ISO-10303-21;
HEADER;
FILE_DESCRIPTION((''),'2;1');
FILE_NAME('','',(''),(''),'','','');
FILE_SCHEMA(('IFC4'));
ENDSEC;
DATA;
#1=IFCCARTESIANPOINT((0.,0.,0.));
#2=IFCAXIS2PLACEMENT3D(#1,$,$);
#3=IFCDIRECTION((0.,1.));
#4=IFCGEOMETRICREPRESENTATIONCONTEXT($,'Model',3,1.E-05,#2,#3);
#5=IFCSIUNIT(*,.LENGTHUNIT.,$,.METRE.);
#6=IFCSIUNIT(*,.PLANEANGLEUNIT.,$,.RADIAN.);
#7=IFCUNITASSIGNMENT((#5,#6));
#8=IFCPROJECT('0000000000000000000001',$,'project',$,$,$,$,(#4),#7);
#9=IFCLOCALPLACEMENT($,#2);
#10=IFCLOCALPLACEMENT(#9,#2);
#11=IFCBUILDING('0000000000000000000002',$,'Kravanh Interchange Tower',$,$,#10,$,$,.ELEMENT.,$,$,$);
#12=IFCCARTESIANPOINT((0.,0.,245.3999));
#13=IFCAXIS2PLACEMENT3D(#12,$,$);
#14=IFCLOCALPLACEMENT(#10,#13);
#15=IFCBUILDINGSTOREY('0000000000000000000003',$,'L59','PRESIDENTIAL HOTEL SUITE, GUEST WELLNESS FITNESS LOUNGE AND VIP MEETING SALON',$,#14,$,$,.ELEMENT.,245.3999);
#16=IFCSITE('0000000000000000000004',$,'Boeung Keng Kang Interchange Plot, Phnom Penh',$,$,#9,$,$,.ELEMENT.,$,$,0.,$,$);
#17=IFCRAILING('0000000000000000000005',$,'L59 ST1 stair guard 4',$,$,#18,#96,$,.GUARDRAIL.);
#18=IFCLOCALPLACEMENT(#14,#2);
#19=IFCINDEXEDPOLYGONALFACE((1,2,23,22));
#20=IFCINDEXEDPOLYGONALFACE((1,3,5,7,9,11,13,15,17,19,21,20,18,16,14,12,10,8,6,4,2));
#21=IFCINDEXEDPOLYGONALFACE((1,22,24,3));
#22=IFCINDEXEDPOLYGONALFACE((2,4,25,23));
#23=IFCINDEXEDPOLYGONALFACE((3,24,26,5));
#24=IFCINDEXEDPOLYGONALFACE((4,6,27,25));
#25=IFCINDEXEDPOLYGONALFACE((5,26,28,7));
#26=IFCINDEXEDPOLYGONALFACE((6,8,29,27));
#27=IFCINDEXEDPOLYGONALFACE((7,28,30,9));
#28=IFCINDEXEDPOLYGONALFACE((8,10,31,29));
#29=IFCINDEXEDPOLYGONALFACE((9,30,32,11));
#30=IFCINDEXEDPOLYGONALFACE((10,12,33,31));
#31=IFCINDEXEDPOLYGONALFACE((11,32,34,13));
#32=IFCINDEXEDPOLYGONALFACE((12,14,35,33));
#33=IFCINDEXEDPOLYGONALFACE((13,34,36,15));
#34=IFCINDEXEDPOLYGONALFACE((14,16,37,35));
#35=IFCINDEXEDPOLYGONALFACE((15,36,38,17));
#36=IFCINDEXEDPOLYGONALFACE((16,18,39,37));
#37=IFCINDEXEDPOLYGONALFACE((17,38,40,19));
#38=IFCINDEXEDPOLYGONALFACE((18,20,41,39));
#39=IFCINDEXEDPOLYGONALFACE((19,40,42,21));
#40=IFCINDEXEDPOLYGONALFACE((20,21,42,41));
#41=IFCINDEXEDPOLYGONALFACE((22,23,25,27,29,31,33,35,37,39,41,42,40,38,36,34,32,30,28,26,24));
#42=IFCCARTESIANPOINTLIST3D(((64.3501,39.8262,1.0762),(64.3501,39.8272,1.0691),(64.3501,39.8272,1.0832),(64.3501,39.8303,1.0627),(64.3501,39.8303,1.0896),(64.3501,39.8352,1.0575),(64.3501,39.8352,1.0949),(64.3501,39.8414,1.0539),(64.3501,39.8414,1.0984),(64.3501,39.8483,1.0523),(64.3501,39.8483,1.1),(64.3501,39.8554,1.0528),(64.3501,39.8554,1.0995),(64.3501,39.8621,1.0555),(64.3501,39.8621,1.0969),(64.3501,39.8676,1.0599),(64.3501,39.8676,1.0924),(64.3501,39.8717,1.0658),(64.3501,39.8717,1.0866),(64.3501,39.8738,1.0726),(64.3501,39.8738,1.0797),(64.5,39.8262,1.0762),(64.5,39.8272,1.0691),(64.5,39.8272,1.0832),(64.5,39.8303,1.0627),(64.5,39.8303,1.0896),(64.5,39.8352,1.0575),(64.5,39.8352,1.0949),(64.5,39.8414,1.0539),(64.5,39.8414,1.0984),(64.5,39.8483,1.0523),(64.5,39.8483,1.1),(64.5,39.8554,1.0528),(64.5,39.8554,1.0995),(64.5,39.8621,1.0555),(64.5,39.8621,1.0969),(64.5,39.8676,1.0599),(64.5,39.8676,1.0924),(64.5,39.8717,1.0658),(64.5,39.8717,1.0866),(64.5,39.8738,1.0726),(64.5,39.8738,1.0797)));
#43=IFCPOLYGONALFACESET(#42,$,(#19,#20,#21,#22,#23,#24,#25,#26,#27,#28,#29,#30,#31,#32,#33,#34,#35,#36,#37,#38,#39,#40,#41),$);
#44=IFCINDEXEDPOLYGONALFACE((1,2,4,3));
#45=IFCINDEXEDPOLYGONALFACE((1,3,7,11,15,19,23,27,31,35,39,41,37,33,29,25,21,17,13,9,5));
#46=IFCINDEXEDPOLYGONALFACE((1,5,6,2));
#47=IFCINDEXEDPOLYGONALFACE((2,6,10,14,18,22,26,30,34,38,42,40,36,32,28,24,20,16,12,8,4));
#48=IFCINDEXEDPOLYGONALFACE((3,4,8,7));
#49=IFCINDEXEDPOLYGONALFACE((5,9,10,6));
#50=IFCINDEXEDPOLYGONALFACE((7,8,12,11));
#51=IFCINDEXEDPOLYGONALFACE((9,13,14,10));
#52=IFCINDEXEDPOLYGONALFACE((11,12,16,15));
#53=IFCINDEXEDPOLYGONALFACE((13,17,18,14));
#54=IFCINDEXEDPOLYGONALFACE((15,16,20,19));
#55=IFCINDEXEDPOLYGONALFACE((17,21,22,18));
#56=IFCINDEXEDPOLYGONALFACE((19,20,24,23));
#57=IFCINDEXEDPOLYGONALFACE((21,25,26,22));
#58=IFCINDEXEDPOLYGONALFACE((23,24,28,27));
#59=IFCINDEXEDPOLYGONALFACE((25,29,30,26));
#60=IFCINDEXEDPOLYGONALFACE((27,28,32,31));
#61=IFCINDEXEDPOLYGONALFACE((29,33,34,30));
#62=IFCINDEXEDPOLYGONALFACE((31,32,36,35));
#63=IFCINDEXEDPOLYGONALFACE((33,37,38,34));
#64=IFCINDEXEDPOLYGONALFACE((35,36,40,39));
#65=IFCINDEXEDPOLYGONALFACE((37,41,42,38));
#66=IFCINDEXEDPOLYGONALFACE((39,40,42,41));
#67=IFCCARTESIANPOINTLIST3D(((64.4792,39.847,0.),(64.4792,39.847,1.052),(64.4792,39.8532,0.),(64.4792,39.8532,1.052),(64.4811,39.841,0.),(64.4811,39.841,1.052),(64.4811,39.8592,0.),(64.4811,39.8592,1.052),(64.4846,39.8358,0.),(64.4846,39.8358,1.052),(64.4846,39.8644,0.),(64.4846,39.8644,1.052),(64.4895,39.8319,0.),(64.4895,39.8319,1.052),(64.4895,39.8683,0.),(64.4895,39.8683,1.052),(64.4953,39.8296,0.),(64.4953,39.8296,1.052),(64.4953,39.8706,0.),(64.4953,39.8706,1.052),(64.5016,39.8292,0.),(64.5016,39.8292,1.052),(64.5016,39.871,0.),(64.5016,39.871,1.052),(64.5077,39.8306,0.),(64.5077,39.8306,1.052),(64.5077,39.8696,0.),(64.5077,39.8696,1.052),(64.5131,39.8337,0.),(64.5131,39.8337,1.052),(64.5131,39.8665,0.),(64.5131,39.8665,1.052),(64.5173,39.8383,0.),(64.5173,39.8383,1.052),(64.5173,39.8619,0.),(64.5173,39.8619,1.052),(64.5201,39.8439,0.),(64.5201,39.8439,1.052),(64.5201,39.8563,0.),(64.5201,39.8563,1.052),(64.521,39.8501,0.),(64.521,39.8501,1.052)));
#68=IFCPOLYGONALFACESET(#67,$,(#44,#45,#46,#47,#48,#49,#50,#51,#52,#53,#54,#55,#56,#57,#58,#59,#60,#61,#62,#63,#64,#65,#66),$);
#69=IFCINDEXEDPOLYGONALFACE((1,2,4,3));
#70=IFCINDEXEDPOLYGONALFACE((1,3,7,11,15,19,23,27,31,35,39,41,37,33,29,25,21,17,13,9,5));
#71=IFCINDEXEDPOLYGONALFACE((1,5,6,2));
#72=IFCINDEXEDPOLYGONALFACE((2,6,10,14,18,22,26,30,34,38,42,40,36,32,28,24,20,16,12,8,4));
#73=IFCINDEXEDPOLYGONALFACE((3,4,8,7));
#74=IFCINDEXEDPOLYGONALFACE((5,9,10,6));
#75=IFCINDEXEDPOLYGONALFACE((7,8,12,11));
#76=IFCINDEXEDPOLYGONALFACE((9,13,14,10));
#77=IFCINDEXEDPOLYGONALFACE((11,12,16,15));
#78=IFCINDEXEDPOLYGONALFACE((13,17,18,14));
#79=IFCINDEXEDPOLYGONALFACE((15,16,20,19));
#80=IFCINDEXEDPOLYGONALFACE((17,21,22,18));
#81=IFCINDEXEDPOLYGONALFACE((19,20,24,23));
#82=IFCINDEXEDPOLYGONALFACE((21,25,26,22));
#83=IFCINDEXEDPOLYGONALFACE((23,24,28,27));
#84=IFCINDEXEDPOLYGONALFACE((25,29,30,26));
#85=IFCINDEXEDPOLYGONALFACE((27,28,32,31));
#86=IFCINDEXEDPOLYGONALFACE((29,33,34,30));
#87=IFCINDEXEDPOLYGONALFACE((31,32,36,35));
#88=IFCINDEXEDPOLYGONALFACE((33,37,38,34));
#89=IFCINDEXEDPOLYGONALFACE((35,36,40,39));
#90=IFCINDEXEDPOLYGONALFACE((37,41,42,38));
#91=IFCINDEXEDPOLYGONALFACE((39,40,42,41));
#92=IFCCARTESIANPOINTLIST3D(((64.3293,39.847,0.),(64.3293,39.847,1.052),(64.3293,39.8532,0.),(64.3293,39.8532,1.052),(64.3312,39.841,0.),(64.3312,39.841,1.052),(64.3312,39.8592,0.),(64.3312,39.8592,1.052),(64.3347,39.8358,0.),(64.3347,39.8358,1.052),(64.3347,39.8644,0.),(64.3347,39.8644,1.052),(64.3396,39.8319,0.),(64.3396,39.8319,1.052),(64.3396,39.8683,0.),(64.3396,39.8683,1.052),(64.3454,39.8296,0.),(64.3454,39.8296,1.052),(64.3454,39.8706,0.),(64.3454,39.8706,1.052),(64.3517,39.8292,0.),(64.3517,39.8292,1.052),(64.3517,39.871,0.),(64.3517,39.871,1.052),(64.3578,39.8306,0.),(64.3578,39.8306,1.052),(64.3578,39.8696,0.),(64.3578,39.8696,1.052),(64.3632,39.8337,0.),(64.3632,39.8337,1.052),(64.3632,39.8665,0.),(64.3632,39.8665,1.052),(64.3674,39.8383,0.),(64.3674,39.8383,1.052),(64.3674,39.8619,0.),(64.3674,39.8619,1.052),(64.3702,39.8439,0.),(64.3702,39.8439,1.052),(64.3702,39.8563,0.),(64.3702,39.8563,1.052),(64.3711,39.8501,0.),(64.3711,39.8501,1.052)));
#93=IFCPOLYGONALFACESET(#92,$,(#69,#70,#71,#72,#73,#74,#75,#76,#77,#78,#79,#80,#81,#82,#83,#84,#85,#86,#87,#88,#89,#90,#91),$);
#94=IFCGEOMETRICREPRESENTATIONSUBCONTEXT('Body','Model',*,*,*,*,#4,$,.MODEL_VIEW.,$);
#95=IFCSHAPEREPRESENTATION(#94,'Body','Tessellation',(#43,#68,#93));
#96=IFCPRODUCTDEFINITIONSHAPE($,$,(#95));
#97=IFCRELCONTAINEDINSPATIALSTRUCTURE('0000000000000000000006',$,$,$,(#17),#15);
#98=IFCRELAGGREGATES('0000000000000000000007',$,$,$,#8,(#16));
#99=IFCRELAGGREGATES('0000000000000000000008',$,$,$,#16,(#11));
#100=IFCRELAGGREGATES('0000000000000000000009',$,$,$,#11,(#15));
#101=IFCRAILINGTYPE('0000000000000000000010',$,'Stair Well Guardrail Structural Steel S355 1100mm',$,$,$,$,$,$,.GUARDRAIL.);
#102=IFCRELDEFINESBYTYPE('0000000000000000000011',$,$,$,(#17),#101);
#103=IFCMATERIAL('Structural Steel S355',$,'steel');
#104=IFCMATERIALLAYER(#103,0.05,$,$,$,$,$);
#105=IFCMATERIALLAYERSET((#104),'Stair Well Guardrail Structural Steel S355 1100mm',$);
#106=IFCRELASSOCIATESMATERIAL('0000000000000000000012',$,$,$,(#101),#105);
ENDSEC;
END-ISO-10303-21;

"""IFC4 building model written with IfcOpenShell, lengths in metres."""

from ifc_helpers import new_model, si_unit, direction, frame, origin, origin_2d, place, context, subcontext, project, spatial, circle, extrude, material, layer, layer_set, type_object, element, save


model = new_model("IFC4")

# Units and contexts
model_context = context("Model", 3, precision=1e-05, world=origin(), true_north=direction((0.0, 1.0)))
body_context = subcontext(model_context, "Body", "Model", "MODEL_VIEW")
ifc_project = project(units=[si_unit("LENGTHUNIT", "METRE"), si_unit("PLANEANGLEUNIT", "RADIAN")], contexts=[model_context])

# Site, building, storey
site_placement = place(None, origin())
site = spatial("IfcSite", under=ifc_project, at=site_placement, Name="Boeung Keng Kang Interchange Plot, Phnom Penh", CompositionType="ELEMENT", RefElevation=0.0)
building_placement = place(site_placement, origin())
building = spatial("IfcBuilding", under=site, at=building_placement, Name="Kravanh Interchange Tower", CompositionType="ELEMENT")
storey_placement = place(building_placement, frame((0.0, 0.0, 245.3999)))
storey = spatial("IfcBuildingStorey", under=building, at=storey_placement, Name="L59", Description="PRESIDENTIAL HOTEL SUITE, GUEST WELLNESS FITNESS LOUNGE AND VIP MEETING SALON", CompositionType="ELEMENT", Elevation=245.3999)

# Railing
ifc_material_1 = material(Name="Structural Steel S355", Category="steel")
ifc_layer_1 = layer(ifc_material_1, 0.05)
ifc_layer_set_1 = layer_set([ifc_layer_1], Name="Stair Well Guardrail Structural Steel S355 1100mm")
railing_type_1 = type_object("IfcRailingType", Name="Stair Well Guardrail Structural Steel S355 1100mm", PredefinedType="GUARDRAIL", material=ifc_layer_set_1)
railing_1_placement = place(storey_placement, frame((64.5, 39.8501, 0.0)))
element("IfcRailing", 1, at=railing_1_placement, inside=storey, type_object=railing_type_1, Name="L59 ST1 stair guard 4", PredefinedType="GUARDRAIL", context=body_context, shape_type="SweptSolid", body=[
    extrude(circle(Radius=0.0239, at=origin_2d()), frame((0.0, 0.0, 1.0762), z_axis=(-1.0, 0.0, 0.0), x_axis=(0.0, -1.0, 0.0)), (0.0, 0.0, 1.0), 0.1499),
    extrude(circle(Radius=0.021, at=origin_2d()), origin(), (0.0, 0.0, 1.0), 1.052),
    extrude(circle(Radius=0.021, at=origin_2d()), frame((-0.1499, 0.0, 0.0)), (0.0, 0.0, 1.0), 1.052),
])

save(model, "model.ifc")
